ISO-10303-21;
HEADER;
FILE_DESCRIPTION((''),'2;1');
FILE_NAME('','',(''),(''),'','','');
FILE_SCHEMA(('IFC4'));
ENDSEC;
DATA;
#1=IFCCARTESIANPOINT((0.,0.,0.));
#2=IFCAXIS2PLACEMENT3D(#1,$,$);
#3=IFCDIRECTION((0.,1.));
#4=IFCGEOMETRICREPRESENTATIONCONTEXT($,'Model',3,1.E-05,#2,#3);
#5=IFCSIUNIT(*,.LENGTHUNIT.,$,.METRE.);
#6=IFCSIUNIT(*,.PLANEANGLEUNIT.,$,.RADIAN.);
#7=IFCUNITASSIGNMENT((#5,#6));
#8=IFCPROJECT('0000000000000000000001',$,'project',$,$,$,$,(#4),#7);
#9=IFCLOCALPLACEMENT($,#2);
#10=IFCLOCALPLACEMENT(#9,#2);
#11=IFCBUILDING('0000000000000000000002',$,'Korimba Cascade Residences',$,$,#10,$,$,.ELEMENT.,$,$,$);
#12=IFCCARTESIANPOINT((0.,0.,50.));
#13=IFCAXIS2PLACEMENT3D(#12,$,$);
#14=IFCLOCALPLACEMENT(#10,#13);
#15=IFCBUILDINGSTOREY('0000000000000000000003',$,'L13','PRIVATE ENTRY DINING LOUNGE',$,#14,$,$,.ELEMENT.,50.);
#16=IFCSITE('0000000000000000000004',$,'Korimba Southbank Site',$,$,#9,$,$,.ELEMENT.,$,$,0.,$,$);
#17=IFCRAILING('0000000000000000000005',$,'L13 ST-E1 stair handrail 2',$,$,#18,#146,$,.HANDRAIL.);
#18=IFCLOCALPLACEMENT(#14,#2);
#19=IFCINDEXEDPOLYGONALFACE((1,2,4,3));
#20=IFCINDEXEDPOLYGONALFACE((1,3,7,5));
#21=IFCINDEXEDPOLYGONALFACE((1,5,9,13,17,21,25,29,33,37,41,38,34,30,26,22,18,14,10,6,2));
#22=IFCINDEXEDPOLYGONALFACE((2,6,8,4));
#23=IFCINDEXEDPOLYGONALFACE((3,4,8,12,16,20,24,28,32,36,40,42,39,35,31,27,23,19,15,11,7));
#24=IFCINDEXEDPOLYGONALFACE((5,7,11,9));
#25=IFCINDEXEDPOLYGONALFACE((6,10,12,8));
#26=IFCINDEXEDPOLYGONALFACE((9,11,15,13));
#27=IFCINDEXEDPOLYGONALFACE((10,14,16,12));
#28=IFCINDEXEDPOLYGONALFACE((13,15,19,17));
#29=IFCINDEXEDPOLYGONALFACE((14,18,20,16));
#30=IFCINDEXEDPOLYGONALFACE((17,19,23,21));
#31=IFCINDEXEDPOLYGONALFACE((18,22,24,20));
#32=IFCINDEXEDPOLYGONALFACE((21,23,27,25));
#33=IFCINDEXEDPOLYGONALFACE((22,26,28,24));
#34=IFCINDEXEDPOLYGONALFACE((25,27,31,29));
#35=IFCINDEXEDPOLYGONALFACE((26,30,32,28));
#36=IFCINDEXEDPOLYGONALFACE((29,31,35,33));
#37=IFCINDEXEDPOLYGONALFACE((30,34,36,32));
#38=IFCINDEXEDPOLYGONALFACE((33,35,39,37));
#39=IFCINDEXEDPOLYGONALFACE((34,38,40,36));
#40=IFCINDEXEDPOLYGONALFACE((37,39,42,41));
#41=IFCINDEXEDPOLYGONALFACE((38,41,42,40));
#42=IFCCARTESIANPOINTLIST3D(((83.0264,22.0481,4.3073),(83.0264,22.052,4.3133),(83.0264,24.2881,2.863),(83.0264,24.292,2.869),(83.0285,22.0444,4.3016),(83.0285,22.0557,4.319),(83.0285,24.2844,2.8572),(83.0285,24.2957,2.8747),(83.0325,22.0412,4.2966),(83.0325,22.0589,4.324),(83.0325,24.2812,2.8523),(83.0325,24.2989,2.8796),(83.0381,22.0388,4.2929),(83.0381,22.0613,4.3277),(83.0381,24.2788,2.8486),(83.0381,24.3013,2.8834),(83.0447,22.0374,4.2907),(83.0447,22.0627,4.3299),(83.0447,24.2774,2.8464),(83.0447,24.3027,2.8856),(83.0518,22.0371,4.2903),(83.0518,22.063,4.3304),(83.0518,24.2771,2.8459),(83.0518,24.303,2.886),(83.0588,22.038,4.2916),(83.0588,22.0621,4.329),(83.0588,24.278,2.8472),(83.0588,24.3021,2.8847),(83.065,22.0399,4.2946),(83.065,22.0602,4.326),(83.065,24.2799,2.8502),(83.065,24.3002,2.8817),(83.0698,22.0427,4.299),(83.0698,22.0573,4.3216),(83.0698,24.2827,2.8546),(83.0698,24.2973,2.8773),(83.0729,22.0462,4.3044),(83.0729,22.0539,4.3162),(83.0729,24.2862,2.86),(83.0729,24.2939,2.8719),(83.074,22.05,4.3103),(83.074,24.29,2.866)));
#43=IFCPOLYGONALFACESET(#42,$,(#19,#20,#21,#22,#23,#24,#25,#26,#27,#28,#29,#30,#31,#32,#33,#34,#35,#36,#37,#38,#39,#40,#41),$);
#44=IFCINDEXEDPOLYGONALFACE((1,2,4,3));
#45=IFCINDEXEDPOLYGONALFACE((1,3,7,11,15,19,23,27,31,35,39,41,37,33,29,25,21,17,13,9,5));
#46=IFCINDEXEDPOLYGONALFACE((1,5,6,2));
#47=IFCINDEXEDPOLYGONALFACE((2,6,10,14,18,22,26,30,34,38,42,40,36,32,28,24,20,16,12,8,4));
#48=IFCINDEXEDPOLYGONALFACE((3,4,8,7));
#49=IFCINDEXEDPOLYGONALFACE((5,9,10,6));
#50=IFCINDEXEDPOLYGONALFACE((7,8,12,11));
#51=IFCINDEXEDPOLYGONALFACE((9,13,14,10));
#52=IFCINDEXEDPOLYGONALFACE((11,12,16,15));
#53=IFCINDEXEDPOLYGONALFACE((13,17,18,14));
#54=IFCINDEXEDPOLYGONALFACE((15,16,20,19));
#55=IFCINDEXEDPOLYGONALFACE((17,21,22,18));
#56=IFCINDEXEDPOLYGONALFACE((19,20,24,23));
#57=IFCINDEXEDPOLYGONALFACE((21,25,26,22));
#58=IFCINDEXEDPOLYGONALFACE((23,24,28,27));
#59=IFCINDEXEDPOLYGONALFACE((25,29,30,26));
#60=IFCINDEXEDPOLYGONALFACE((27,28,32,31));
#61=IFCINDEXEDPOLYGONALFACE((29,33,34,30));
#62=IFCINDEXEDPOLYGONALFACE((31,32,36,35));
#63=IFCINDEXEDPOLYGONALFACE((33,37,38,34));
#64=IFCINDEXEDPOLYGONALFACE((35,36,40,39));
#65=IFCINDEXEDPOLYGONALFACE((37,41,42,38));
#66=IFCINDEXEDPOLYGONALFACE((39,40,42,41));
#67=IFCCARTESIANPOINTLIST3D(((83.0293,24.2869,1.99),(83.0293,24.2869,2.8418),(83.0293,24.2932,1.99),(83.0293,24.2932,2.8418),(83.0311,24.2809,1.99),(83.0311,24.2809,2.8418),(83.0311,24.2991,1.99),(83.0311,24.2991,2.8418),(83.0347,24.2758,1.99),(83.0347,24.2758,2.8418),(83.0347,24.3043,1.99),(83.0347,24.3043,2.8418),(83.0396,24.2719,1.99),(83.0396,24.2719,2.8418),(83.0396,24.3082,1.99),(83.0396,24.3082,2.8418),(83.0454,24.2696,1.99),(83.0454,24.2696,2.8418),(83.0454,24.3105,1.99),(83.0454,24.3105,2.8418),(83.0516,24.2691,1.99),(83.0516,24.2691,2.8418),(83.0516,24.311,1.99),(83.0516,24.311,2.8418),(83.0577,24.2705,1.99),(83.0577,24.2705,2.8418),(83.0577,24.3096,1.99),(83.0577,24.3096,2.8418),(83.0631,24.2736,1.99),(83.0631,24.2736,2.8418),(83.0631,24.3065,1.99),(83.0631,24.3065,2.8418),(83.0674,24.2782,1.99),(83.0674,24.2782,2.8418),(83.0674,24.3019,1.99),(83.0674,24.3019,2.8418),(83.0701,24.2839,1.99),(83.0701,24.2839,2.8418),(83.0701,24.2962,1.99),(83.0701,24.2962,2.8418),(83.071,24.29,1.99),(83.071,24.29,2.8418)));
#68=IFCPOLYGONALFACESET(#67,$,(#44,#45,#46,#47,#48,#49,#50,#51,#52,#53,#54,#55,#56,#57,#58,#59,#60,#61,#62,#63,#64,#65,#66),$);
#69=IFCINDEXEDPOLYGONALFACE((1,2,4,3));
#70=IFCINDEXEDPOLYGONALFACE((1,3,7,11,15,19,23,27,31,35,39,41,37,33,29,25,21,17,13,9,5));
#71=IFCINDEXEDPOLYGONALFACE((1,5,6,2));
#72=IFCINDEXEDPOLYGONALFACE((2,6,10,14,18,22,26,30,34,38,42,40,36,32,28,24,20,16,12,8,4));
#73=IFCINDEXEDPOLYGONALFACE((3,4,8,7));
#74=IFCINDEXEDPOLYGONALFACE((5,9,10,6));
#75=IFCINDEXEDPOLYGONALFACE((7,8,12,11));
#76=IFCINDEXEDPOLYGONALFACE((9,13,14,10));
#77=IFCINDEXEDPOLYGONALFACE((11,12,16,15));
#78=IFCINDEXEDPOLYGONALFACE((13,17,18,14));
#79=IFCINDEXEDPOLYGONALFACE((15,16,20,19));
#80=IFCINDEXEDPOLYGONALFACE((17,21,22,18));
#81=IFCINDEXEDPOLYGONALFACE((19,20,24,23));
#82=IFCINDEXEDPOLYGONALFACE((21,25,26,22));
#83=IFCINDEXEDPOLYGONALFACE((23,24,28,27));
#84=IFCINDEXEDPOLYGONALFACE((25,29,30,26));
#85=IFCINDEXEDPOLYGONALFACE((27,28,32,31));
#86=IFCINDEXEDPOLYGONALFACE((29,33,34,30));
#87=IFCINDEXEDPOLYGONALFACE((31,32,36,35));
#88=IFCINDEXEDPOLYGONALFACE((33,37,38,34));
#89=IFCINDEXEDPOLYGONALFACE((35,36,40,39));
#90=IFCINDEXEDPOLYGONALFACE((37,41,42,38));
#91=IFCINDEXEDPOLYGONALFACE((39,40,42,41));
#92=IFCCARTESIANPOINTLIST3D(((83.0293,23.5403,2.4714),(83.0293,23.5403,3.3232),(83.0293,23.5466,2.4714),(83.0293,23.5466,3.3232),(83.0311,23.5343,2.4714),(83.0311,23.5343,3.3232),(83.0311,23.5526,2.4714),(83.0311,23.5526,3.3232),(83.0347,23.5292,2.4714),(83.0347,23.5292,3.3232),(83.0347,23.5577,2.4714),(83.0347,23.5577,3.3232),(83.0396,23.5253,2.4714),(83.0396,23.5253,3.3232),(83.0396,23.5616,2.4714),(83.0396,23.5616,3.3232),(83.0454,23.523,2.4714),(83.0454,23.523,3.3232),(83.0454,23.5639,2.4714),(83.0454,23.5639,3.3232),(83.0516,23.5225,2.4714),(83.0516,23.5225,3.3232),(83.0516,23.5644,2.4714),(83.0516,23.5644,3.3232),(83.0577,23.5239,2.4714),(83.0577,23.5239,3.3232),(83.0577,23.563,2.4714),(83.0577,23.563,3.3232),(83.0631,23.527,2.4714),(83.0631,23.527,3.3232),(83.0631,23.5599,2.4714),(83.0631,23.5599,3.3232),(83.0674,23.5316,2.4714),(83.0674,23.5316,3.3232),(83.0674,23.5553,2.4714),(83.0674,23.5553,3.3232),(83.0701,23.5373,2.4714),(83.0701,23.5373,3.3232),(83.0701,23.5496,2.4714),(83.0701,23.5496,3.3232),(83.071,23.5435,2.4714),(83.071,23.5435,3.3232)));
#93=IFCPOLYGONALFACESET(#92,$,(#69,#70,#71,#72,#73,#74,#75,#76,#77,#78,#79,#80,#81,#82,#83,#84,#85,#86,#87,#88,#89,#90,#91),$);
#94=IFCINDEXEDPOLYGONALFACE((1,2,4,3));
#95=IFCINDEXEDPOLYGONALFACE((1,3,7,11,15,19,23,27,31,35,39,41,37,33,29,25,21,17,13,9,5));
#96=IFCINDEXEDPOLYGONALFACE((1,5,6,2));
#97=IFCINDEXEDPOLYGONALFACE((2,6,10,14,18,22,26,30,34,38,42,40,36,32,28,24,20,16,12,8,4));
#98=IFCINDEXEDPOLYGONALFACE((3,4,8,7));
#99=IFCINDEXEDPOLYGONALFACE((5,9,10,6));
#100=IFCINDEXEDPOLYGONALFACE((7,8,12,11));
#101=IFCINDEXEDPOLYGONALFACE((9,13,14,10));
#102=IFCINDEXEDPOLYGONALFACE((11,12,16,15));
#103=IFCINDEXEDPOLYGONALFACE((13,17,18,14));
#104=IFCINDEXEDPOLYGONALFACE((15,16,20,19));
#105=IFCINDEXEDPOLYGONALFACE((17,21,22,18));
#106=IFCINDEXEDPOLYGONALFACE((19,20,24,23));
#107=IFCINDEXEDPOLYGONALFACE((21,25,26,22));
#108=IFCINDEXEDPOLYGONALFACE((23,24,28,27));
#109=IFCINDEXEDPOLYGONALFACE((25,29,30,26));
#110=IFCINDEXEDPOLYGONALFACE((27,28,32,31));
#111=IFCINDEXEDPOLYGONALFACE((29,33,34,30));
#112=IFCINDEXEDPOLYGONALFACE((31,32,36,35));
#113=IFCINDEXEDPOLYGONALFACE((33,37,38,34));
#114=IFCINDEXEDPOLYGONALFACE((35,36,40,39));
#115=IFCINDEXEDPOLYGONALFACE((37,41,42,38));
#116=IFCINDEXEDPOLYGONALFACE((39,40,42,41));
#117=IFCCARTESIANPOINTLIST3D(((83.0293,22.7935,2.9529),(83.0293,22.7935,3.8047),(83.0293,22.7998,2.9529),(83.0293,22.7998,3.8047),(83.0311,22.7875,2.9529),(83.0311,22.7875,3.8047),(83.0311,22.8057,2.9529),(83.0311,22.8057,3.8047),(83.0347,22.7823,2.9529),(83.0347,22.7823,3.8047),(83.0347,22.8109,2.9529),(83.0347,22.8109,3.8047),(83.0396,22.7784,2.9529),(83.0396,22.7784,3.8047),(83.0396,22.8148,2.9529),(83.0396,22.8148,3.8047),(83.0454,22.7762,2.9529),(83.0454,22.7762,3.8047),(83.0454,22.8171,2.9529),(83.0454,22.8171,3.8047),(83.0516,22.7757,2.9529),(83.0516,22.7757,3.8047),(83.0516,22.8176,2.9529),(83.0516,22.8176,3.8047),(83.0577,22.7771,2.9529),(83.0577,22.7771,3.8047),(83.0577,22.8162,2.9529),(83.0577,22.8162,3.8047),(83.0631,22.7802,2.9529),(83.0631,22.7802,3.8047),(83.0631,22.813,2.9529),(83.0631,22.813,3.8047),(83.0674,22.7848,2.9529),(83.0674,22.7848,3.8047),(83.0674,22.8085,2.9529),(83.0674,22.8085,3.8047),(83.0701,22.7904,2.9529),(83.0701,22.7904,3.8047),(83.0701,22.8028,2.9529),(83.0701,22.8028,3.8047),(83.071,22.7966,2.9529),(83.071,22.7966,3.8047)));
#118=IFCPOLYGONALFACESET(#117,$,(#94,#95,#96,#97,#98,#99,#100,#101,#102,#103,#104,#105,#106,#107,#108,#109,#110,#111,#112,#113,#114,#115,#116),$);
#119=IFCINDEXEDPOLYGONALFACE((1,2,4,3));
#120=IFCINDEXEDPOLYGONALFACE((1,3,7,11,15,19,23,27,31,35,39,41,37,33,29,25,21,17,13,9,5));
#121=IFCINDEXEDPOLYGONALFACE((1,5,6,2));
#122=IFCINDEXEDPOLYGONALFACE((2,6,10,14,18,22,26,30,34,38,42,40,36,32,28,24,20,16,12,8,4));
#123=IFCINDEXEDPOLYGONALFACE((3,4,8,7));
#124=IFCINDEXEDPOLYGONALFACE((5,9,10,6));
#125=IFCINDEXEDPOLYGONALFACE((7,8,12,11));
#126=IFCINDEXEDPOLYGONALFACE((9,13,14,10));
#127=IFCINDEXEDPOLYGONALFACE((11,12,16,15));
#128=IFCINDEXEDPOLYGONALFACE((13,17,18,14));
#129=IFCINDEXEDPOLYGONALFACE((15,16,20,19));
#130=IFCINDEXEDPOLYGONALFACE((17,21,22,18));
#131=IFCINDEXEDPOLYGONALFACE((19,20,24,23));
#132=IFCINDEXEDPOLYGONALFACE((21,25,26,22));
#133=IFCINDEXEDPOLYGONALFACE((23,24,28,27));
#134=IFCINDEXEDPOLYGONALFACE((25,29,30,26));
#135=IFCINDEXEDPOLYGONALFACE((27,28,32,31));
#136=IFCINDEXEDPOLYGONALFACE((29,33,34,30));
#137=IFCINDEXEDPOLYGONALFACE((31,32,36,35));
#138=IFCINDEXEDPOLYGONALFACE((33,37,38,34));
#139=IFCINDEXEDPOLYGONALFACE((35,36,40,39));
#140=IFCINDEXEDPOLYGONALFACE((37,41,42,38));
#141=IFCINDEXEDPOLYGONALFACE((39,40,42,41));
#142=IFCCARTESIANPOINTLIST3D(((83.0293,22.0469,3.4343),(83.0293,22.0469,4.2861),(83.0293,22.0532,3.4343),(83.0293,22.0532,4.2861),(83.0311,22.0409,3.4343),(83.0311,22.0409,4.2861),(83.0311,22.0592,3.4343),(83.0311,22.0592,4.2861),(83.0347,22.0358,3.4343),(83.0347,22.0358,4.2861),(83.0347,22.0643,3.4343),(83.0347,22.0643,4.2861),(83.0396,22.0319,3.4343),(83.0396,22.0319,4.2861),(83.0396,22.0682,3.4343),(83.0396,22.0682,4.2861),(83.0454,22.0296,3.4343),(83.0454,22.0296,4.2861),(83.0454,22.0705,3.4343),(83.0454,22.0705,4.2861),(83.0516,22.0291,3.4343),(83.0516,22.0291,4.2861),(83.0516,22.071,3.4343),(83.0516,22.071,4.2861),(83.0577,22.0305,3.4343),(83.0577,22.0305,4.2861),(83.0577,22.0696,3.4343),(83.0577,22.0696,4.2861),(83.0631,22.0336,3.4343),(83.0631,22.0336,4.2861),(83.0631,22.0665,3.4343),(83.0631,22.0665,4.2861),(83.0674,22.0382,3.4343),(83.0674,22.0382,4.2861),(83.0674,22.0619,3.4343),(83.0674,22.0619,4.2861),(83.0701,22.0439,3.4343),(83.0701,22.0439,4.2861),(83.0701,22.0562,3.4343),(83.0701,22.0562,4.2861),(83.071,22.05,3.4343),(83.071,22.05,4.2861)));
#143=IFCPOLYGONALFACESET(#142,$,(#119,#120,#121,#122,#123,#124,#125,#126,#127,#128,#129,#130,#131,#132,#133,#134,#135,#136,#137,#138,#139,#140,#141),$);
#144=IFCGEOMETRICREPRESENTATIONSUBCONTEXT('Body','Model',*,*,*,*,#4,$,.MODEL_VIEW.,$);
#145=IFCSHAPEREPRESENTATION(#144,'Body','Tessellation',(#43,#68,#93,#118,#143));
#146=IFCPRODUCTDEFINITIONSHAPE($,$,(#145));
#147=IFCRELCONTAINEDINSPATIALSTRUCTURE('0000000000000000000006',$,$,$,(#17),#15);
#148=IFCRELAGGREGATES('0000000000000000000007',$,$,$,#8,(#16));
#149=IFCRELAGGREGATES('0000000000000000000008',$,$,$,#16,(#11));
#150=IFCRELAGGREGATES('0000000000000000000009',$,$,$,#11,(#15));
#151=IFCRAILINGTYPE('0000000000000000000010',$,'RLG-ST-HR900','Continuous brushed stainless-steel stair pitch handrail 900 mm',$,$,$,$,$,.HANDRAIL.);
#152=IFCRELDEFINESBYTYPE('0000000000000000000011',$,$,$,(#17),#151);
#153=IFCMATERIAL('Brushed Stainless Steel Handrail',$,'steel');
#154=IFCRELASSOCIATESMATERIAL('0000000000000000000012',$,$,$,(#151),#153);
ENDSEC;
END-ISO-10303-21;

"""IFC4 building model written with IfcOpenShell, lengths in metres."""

from ifc_helpers import new_model, si_unit, direction, frame, origin, origin_2d, place, context, subcontext, project, spatial, circle, extrude, material, type_object, element, save


model = new_model("IFC4")

# Units and contexts
model_context = context("Model", 3, precision=1e-05, world=origin(), true_north=direction((0.0, 1.0)))
body_context = subcontext(model_context, "Body", "Model", "MODEL_VIEW")
ifc_project = project(units=[si_unit("LENGTHUNIT", "METRE"), si_unit("PLANEANGLEUNIT", "RADIAN")], contexts=[model_context])

# Site, building, storey
site_placement = place(None, origin())
site = spatial("IfcSite", under=ifc_project, at=site_placement, Name="Korimba Southbank Site", CompositionType="ELEMENT", RefElevation=0.0)
building_placement = place(site_placement, origin())
building = spatial("IfcBuilding", under=site, at=building_placement, Name="Korimba Cascade Residences", CompositionType="ELEMENT")
storey_placement = place(building_placement, frame((0.0, 0.0, 50.0)))
storey = spatial("IfcBuildingStorey", under=building, at=storey_placement, Name="L13", Description="PRIVATE ENTRY DINING LOUNGE", CompositionType="ELEMENT", Elevation=50.0)

# Railing
ifc_material_1 = material(Name="Brushed Stainless Steel Handrail", Category="steel")
railing_type_1 = type_object("IfcRailingType", Name="RLG-ST-HR900", Description="Continuous brushed stainless-steel stair pitch handrail 900 mm", PredefinedType="HANDRAIL", material=ifc_material_1)
railing_1_placement = place(storey_placement, frame((83.05, 24.29, 1.99)))
element("IfcRailing", 1, at=railing_1_placement, inside=storey, type_object=railing_type_1, Name="L13 ST-E1 stair handrail 2", PredefinedType="HANDRAIL", context=body_context, shape_type="SweptSolid", body=[
    extrude(circle(Radius=0.0239, at=origin_2d()), frame((0.0, 0.0, 0.876), z_axis=(0.0, -0.840437, 0.54191), x_axis=(1.0, 0.0, 0.0)), (0.0, 0.0, 1.0), 2.6653),
    extrude(circle(Radius=0.021, at=origin_2d()), origin(), (0.0, 0.0, 1.0), 0.8518),
    extrude(circle(Radius=0.021, at=origin_2d()), frame((0.0, -0.7466, 0.4814)), (0.0, 0.0, 1.0), 0.8518),
    extrude(circle(Radius=0.021, at=origin_2d()), frame((0.0, -1.4934, 0.9629)), (0.0, 0.0, 1.0), 0.8518),
    extrude(circle(Radius=0.021, at=origin_2d()), frame((0.0, -2.24, 1.4443)), (0.0, 0.0, 1.0), 0.8518),
])

save(model, "model.ifc")
